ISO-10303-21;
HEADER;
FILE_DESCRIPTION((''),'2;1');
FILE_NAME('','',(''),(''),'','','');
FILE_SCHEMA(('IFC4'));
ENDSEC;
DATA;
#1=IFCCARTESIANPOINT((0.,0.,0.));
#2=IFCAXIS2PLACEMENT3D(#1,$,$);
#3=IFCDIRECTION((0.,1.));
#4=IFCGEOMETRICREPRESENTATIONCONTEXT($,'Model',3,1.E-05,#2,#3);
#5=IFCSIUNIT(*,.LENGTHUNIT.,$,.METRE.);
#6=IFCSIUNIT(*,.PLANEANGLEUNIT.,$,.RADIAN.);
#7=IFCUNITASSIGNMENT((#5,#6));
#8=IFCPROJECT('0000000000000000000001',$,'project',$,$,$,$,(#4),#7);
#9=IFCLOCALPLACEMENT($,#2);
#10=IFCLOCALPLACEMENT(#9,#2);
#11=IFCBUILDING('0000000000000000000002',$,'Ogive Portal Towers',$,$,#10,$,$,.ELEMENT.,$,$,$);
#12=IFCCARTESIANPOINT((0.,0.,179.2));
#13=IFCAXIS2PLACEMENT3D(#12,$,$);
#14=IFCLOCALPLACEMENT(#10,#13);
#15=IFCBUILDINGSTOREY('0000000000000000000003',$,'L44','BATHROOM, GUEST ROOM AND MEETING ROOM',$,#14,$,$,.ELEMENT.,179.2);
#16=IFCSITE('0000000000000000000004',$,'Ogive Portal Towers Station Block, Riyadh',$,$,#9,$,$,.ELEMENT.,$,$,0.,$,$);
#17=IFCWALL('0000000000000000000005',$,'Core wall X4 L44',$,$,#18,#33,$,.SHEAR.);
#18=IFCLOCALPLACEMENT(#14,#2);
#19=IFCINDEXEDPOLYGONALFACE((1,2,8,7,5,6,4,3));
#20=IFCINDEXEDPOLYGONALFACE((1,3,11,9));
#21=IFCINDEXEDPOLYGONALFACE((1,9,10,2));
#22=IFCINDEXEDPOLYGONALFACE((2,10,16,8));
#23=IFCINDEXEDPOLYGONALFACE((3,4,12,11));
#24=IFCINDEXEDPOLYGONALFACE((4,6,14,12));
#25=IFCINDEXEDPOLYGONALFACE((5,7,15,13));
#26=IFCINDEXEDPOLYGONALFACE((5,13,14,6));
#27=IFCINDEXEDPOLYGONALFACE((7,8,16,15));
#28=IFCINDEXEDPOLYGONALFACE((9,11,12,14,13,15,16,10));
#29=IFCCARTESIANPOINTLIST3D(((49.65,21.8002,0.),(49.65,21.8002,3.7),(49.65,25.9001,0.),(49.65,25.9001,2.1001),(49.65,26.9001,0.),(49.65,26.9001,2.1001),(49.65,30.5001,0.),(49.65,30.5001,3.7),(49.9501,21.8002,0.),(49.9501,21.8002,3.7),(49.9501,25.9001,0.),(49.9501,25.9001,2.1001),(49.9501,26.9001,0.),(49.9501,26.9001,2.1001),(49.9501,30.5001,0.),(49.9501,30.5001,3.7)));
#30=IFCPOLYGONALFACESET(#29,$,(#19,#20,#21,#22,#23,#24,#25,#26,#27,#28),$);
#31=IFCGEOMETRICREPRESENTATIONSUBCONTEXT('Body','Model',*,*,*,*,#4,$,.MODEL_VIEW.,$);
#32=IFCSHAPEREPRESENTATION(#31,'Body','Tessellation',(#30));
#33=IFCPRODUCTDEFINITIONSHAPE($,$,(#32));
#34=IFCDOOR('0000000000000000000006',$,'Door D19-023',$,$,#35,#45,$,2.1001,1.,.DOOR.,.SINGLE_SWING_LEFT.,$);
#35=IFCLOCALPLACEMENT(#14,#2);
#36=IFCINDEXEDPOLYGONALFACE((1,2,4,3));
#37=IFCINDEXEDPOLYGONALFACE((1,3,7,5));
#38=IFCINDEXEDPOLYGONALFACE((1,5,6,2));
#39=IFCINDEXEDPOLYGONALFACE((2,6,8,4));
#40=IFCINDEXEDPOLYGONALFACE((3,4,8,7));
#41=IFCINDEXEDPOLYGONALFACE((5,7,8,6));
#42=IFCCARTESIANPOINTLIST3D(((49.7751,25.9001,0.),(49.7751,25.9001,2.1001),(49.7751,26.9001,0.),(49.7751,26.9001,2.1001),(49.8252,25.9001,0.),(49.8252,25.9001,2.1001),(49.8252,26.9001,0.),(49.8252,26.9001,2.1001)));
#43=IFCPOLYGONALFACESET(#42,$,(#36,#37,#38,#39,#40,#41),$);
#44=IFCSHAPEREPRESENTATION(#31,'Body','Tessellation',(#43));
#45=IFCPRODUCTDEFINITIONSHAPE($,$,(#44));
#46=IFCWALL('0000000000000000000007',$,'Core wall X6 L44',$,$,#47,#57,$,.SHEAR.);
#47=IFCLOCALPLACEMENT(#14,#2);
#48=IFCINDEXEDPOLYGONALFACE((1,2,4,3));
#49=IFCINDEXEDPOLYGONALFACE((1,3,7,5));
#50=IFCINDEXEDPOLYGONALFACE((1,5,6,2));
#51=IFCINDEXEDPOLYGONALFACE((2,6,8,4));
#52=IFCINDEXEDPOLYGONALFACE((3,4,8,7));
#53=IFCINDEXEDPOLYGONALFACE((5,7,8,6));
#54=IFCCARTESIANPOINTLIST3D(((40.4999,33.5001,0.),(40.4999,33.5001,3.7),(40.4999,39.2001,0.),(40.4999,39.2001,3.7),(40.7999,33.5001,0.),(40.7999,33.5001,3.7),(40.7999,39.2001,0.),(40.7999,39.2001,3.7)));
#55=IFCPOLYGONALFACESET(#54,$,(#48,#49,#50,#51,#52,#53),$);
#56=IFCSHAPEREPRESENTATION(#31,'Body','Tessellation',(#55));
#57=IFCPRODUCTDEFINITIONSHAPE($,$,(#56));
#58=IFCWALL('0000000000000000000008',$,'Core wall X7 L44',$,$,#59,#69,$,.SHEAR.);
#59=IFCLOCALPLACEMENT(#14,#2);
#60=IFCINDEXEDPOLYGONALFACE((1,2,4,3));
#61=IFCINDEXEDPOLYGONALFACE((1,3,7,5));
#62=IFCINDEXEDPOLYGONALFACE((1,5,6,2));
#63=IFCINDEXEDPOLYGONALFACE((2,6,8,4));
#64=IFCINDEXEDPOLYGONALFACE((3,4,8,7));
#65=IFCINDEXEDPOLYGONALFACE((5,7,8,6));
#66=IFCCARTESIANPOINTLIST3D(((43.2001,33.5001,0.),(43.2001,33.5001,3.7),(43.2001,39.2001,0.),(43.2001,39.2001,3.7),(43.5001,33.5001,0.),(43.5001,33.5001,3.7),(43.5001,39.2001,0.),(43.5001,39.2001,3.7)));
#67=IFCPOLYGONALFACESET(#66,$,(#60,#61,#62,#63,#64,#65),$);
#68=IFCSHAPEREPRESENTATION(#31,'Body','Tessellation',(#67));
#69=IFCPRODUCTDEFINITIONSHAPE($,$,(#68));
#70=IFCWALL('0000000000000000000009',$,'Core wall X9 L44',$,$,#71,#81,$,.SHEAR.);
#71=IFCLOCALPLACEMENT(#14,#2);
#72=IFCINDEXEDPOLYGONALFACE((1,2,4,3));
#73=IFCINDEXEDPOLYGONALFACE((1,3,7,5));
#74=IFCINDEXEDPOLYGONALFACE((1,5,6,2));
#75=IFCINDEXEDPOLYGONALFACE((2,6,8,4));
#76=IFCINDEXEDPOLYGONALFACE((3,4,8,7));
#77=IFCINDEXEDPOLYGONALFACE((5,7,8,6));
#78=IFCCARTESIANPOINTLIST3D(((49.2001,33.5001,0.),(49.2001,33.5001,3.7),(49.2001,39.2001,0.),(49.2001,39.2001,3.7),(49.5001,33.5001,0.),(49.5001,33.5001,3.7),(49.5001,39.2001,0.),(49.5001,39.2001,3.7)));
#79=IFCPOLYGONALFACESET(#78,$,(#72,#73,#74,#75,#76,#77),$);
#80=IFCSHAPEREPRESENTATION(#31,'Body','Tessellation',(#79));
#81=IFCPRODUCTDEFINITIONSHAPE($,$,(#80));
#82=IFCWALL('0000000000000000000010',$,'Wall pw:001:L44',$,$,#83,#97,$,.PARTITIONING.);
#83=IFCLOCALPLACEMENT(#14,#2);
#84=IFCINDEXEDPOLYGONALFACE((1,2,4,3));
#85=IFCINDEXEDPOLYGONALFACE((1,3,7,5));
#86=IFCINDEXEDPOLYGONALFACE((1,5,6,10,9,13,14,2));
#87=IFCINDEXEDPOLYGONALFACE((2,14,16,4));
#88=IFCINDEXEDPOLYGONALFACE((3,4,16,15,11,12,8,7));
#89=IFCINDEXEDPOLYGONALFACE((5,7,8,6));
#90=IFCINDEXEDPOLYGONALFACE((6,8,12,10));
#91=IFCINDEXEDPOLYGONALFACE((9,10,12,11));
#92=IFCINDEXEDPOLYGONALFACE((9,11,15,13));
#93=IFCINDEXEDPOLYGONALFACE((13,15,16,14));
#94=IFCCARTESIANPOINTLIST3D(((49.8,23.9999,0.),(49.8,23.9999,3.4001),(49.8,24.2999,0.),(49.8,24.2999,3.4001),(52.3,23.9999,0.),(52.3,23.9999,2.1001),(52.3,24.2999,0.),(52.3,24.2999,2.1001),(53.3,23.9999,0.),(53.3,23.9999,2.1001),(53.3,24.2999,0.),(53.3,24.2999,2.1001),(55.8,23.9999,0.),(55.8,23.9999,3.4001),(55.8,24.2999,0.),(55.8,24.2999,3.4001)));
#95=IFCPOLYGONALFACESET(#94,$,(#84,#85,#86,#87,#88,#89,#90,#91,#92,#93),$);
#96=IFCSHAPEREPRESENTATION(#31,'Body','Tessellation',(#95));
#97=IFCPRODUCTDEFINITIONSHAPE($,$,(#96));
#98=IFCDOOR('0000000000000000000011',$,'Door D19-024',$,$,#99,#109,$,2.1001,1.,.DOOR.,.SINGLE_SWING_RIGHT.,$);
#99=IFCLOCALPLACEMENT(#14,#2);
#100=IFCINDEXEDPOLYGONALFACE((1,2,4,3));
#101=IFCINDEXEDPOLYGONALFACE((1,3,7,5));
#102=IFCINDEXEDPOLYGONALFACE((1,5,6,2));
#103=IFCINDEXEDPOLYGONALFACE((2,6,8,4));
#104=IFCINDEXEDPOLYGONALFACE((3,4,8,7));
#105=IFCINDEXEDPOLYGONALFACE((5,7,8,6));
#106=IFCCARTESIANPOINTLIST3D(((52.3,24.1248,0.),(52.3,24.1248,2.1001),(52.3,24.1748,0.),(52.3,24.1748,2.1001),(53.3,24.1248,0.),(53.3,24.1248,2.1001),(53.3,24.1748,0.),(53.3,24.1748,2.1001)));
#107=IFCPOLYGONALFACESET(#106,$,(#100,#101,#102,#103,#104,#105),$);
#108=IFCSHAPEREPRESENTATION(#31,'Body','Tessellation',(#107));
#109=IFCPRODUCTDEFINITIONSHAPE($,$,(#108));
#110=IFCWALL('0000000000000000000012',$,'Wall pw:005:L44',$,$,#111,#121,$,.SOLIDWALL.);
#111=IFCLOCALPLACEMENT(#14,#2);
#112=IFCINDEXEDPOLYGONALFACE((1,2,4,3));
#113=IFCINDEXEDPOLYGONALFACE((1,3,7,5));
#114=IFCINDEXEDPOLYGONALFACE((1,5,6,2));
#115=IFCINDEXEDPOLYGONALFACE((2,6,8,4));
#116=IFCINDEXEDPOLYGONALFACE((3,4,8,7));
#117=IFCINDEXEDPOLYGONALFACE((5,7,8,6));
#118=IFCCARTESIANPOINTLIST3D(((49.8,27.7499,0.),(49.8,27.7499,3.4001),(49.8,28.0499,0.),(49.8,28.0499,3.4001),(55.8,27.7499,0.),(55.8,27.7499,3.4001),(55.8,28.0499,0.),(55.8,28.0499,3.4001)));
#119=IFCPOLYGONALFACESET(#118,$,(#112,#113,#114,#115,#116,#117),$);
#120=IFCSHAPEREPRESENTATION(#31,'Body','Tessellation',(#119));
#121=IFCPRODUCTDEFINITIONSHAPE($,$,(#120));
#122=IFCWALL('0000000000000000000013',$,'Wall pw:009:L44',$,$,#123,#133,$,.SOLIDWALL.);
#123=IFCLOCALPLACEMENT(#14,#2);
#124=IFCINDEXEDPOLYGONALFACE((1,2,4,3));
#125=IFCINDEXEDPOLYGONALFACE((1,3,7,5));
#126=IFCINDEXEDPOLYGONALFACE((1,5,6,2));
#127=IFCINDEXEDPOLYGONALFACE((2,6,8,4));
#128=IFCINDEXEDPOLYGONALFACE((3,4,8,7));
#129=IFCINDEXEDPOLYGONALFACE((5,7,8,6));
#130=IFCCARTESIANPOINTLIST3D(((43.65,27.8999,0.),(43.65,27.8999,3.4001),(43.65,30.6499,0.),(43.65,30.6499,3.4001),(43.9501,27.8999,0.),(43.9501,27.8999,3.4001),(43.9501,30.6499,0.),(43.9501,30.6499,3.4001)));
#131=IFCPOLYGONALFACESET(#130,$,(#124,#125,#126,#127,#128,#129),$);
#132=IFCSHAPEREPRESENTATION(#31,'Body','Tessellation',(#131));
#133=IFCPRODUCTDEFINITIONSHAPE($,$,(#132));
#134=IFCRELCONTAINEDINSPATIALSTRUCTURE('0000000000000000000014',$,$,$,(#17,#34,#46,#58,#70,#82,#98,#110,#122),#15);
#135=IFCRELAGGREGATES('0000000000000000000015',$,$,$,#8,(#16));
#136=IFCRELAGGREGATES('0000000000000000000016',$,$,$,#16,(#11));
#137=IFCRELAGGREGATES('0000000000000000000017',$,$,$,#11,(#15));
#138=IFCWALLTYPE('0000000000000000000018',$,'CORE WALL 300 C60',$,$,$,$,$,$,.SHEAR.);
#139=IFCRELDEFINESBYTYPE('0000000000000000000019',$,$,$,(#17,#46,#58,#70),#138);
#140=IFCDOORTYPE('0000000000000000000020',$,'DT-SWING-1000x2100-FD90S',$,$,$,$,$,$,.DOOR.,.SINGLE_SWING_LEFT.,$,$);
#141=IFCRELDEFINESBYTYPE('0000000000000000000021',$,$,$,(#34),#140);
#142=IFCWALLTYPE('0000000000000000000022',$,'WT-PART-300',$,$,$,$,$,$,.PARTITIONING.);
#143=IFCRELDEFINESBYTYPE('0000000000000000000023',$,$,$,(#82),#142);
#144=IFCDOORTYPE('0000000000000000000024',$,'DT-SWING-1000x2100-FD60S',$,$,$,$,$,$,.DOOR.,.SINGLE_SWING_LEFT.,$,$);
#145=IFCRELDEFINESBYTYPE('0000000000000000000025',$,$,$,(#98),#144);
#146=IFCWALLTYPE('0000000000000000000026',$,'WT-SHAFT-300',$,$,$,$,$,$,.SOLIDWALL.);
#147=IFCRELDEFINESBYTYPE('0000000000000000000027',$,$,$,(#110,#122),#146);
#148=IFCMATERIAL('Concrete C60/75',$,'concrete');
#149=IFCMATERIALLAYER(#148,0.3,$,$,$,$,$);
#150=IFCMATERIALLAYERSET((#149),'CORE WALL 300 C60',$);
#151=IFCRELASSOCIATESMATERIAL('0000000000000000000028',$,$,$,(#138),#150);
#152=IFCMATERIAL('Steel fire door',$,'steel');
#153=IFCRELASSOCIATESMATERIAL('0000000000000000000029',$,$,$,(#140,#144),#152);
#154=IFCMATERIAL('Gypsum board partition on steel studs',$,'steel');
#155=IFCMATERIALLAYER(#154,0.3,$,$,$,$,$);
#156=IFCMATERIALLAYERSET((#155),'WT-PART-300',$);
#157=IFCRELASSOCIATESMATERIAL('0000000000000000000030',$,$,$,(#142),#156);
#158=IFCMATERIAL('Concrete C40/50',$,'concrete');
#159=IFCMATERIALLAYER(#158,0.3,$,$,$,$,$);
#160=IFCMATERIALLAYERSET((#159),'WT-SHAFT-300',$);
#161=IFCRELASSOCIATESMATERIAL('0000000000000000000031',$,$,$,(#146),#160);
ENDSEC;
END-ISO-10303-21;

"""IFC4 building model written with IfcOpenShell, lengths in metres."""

from ifc_helpers import new_model, si_unit, direction, frame, frame_2d, origin, place, context, subcontext, project, spatial, rectangle, extrude, material, layer, layer_set, type_object, element, fill, save


model = new_model("IFC4")

# Units and contexts
model_context = context("Model", 3, precision=1e-05, world=origin(), true_north=direction((0.0, 1.0)))
body_context = subcontext(model_context, "Body", "Model", "MODEL_VIEW")
ifc_project = project(units=[si_unit("LENGTHUNIT", "METRE"), si_unit("PLANEANGLEUNIT", "RADIAN")], contexts=[model_context])

# Site, building, storey
site_placement = place(None, origin())
site = spatial("IfcSite", under=ifc_project, at=site_placement, Name="Ogive Portal Towers Station Block, Riyadh", CompositionType="ELEMENT", RefElevation=0.0)
building_placement = place(site_placement, origin())
building = spatial("IfcBuilding", under=site, at=building_placement, Name="Ogive Portal Towers", CompositionType="ELEMENT")
storey_placement = place(building_placement, frame((0.0, 0.0, 179.2)))
storey = spatial("IfcBuildingStorey", under=building, at=storey_placement, Name="L44", Description="BATHROOM, GUEST ROOM AND MEETING ROOM", CompositionType="ELEMENT", Elevation=179.2)

# Wall, opening, door
ifc_material_1 = material(Name="Concrete C60/75", Category="concrete")
ifc_layer_1 = layer(ifc_material_1, 0.3)
ifc_layer_set_1 = layer_set([ifc_layer_1], Name="CORE WALL 300 C60")
wall_type_1 = type_object("IfcWallType", Name="CORE WALL 300 C60", PredefinedType="SHEAR", material=ifc_layer_set_1)
wall_1_placement = place(storey_placement, frame((49.8, 21.8, 0.0), z_axis=(0.0, 0.0, 1.0), x_axis=(0.0, 1.0, 0.0)))
wall_1 = element("IfcWall", 1, at=wall_1_placement, inside=storey, type_object=wall_type_1, Name="Core wall X4 L44", PredefinedType="SHEAR", context=body_context, shape_type="SweptSolid", body=[
    extrude(rectangle(XDim=8.7, YDim=0.3, at=frame_2d((4.3501, 0.0))), origin(), (0.0, 0.0, 1.0), 3.7),
])
opening_1_placement = place(wall_1_placement, frame((4.1001, 0.0, 0.0)))
opening_1 = element("IfcOpeningElement", 2, at=opening_1_placement, cuts=wall_1, PredefinedType="OPENING", context=body_context, shape_type="SweptSolid", body=[
    extrude(rectangle(XDim=1.0, YDim=2.1001, at=frame_2d((0.5, 1.05))), frame((0.0, 0.1602, 0.0), z_axis=(0.0, -1.0, 0.0), x_axis=(1.0, 0.0, 0.0)), (0.0, 0.0, 1.0), 0.3201),
])
ifc_material_2 = material(Name="Steel fire door", Category="steel")
door_type_1 = type_object("IfcDoorType", Name="DT-SWING-1000x2100-FD90S", OperationType="SINGLE_SWING_LEFT", PredefinedType="DOOR", material=ifc_material_2)
door_1_placement = place(opening_1_placement, origin())
door_1 = element("IfcDoor", 3, at=door_1_placement, inside=storey, type_object=door_type_1, Name="Door D19-023", OperationType="SINGLE_SWING_LEFT", OverallHeight=2.1001, OverallWidth=1.0, PredefinedType="DOOR", context=body_context, shape_type="SweptSolid", body=[
    extrude(rectangle(XDim=1.0, YDim=2.1001, at=frame_2d((0.5, 1.05))), frame((0.0, 0.0249, 0.0), z_axis=(0.0, -1.0, 0.0), x_axis=(1.0, 0.0, 0.0)), (0.0, 0.0, 1.0), 0.05),
])
fill(opening_1, door_1)

# Walls
for number, where, z_axis, x_axis, name in (
    (4, (40.6499, 33.5, 0.0), (0.0, 0.0, 1.0), (0.0, 1.0, 0.0), "Core wall X6 L44"),
    (5, (43.3501, 33.5, 0.0), (0.0, 0.0, 1.0), (0.0, 1.0, 0.0), "Core wall X7 L44"),
    (6, (49.3501, 33.5, 0.0), (0.0, 0.0, 1.0), (0.0, 1.0, 0.0), "Core wall X9 L44"),
):
    element("IfcWall", number, at=place(storey_placement, frame(where, z_axis=z_axis, x_axis=x_axis)), inside=storey, type_object=wall_type_1, Name=name, PredefinedType="SHEAR", context=body_context, shape_type="SweptSolid", body=[
        extrude(rectangle(XDim=5.7, YDim=0.3, at=frame_2d((2.8501, 0.0))), origin(), (0.0, 0.0, 1.0), 3.7),
    ])

# Wall, opening, door
ifc_material_3 = material(Name="Gypsum board partition on steel studs", Category="steel")
ifc_layer_2 = layer(ifc_material_3, 0.3)
ifc_layer_set_2 = layer_set([ifc_layer_2], Name="WT-PART-300")
wall_type_2 = type_object("IfcWallType", Name="WT-PART-300", PredefinedType="PARTITIONING", material=ifc_layer_set_2)
wall_2_placement = place(storey_placement, frame((49.8, 24.1499, 0.0), z_axis=(0.0, 0.0, 1.0), x_axis=(1.0, 0.0, 0.0)))
wall_2 = element("IfcWall", 7, at=wall_2_placement, inside=storey, type_object=wall_type_2, Name="Wall pw:001:L44", PredefinedType="PARTITIONING", context=body_context, shape_type="SweptSolid", body=[
    extrude(rectangle(XDim=6.0, YDim=0.3, at=frame_2d((3.0, 0.0))), origin(), (0.0, 0.0, 1.0), 3.4001),
])
opening_2_placement = place(wall_2_placement, frame((2.5, 0.0, 0.0)))
opening_2 = element("IfcOpeningElement", 8, at=opening_2_placement, cuts=wall_2, PredefinedType="OPENING", context=body_context, shape_type="SweptSolid", body=[
    extrude(rectangle(XDim=1.0, YDim=2.1001, at=frame_2d((0.5, 1.05))), frame((0.0, 0.1602, 0.0), z_axis=(0.0, -1.0, 0.0), x_axis=(1.0, 0.0, 0.0)), (0.0, 0.0, 1.0), 0.3201),
])
door_type_2 = type_object("IfcDoorType", Name="DT-SWING-1000x2100-FD60S", OperationType="SINGLE_SWING_LEFT", PredefinedType="DOOR", material=ifc_material_2)
door_2_placement = place(opening_2_placement, origin())
door_2 = element("IfcDoor", 9, at=door_2_placement, inside=storey, type_object=door_type_2, Name="Door D19-024", OperationType="SINGLE_SWING_RIGHT", OverallHeight=2.1001, OverallWidth=1.0, PredefinedType="DOOR", context=body_context, shape_type="SweptSolid", body=[
    extrude(rectangle(XDim=1.0, YDim=2.1001, at=frame_2d((0.5, 1.05))), frame((0.0, 0.0249, 0.0), z_axis=(0.0, -1.0, 0.0), x_axis=(1.0, 0.0, 0.0)), (0.0, 0.0, 1.0), 0.05),
])
fill(opening_2, door_2)

# Shared definitions
ifc_material_4 = material(Name="Concrete C40/50", Category="concrete")
ifc_layer_3 = layer(ifc_material_4, 0.3)
ifc_layer_set_3 = layer_set([ifc_layer_3], Name="WT-SHAFT-300")
wall_type_3 = type_object("IfcWallType", Name="WT-SHAFT-300", PredefinedType="SOLIDWALL", material=ifc_layer_set_3)

# Walls
wall_3_placement = place(storey_placement, frame((49.8, 27.8999, 0.0), z_axis=(0.0, 0.0, 1.0), x_axis=(1.0, 0.0, 0.0)))
element("IfcWall", 10, at=wall_3_placement, inside=storey, type_object=wall_type_3, Name="Wall pw:005:L44", PredefinedType="SOLIDWALL", context=body_context, shape_type="SweptSolid", body=[
    extrude(rectangle(XDim=6.0, YDim=0.3, at=frame_2d((3.0, 0.0))), origin(), (0.0, 0.0, 1.0), 3.4001),
])
wall_4_placement = place(storey_placement, frame((43.8, 27.8999, 0.0), z_axis=(0.0, 0.0, 1.0), x_axis=(0.0, 1.0, 0.0)))
element("IfcWall", 11, at=wall_4_placement, inside=storey, type_object=wall_type_3, Name="Wall pw:009:L44", PredefinedType="SOLIDWALL", context=body_context, shape_type="SweptSolid", body=[
    extrude(rectangle(XDim=2.75, YDim=0.3, at=frame_2d((1.375, 0.0))), origin(), (0.0, 0.0, 1.0), 3.4001),
])

save(model, "model.ifc")
